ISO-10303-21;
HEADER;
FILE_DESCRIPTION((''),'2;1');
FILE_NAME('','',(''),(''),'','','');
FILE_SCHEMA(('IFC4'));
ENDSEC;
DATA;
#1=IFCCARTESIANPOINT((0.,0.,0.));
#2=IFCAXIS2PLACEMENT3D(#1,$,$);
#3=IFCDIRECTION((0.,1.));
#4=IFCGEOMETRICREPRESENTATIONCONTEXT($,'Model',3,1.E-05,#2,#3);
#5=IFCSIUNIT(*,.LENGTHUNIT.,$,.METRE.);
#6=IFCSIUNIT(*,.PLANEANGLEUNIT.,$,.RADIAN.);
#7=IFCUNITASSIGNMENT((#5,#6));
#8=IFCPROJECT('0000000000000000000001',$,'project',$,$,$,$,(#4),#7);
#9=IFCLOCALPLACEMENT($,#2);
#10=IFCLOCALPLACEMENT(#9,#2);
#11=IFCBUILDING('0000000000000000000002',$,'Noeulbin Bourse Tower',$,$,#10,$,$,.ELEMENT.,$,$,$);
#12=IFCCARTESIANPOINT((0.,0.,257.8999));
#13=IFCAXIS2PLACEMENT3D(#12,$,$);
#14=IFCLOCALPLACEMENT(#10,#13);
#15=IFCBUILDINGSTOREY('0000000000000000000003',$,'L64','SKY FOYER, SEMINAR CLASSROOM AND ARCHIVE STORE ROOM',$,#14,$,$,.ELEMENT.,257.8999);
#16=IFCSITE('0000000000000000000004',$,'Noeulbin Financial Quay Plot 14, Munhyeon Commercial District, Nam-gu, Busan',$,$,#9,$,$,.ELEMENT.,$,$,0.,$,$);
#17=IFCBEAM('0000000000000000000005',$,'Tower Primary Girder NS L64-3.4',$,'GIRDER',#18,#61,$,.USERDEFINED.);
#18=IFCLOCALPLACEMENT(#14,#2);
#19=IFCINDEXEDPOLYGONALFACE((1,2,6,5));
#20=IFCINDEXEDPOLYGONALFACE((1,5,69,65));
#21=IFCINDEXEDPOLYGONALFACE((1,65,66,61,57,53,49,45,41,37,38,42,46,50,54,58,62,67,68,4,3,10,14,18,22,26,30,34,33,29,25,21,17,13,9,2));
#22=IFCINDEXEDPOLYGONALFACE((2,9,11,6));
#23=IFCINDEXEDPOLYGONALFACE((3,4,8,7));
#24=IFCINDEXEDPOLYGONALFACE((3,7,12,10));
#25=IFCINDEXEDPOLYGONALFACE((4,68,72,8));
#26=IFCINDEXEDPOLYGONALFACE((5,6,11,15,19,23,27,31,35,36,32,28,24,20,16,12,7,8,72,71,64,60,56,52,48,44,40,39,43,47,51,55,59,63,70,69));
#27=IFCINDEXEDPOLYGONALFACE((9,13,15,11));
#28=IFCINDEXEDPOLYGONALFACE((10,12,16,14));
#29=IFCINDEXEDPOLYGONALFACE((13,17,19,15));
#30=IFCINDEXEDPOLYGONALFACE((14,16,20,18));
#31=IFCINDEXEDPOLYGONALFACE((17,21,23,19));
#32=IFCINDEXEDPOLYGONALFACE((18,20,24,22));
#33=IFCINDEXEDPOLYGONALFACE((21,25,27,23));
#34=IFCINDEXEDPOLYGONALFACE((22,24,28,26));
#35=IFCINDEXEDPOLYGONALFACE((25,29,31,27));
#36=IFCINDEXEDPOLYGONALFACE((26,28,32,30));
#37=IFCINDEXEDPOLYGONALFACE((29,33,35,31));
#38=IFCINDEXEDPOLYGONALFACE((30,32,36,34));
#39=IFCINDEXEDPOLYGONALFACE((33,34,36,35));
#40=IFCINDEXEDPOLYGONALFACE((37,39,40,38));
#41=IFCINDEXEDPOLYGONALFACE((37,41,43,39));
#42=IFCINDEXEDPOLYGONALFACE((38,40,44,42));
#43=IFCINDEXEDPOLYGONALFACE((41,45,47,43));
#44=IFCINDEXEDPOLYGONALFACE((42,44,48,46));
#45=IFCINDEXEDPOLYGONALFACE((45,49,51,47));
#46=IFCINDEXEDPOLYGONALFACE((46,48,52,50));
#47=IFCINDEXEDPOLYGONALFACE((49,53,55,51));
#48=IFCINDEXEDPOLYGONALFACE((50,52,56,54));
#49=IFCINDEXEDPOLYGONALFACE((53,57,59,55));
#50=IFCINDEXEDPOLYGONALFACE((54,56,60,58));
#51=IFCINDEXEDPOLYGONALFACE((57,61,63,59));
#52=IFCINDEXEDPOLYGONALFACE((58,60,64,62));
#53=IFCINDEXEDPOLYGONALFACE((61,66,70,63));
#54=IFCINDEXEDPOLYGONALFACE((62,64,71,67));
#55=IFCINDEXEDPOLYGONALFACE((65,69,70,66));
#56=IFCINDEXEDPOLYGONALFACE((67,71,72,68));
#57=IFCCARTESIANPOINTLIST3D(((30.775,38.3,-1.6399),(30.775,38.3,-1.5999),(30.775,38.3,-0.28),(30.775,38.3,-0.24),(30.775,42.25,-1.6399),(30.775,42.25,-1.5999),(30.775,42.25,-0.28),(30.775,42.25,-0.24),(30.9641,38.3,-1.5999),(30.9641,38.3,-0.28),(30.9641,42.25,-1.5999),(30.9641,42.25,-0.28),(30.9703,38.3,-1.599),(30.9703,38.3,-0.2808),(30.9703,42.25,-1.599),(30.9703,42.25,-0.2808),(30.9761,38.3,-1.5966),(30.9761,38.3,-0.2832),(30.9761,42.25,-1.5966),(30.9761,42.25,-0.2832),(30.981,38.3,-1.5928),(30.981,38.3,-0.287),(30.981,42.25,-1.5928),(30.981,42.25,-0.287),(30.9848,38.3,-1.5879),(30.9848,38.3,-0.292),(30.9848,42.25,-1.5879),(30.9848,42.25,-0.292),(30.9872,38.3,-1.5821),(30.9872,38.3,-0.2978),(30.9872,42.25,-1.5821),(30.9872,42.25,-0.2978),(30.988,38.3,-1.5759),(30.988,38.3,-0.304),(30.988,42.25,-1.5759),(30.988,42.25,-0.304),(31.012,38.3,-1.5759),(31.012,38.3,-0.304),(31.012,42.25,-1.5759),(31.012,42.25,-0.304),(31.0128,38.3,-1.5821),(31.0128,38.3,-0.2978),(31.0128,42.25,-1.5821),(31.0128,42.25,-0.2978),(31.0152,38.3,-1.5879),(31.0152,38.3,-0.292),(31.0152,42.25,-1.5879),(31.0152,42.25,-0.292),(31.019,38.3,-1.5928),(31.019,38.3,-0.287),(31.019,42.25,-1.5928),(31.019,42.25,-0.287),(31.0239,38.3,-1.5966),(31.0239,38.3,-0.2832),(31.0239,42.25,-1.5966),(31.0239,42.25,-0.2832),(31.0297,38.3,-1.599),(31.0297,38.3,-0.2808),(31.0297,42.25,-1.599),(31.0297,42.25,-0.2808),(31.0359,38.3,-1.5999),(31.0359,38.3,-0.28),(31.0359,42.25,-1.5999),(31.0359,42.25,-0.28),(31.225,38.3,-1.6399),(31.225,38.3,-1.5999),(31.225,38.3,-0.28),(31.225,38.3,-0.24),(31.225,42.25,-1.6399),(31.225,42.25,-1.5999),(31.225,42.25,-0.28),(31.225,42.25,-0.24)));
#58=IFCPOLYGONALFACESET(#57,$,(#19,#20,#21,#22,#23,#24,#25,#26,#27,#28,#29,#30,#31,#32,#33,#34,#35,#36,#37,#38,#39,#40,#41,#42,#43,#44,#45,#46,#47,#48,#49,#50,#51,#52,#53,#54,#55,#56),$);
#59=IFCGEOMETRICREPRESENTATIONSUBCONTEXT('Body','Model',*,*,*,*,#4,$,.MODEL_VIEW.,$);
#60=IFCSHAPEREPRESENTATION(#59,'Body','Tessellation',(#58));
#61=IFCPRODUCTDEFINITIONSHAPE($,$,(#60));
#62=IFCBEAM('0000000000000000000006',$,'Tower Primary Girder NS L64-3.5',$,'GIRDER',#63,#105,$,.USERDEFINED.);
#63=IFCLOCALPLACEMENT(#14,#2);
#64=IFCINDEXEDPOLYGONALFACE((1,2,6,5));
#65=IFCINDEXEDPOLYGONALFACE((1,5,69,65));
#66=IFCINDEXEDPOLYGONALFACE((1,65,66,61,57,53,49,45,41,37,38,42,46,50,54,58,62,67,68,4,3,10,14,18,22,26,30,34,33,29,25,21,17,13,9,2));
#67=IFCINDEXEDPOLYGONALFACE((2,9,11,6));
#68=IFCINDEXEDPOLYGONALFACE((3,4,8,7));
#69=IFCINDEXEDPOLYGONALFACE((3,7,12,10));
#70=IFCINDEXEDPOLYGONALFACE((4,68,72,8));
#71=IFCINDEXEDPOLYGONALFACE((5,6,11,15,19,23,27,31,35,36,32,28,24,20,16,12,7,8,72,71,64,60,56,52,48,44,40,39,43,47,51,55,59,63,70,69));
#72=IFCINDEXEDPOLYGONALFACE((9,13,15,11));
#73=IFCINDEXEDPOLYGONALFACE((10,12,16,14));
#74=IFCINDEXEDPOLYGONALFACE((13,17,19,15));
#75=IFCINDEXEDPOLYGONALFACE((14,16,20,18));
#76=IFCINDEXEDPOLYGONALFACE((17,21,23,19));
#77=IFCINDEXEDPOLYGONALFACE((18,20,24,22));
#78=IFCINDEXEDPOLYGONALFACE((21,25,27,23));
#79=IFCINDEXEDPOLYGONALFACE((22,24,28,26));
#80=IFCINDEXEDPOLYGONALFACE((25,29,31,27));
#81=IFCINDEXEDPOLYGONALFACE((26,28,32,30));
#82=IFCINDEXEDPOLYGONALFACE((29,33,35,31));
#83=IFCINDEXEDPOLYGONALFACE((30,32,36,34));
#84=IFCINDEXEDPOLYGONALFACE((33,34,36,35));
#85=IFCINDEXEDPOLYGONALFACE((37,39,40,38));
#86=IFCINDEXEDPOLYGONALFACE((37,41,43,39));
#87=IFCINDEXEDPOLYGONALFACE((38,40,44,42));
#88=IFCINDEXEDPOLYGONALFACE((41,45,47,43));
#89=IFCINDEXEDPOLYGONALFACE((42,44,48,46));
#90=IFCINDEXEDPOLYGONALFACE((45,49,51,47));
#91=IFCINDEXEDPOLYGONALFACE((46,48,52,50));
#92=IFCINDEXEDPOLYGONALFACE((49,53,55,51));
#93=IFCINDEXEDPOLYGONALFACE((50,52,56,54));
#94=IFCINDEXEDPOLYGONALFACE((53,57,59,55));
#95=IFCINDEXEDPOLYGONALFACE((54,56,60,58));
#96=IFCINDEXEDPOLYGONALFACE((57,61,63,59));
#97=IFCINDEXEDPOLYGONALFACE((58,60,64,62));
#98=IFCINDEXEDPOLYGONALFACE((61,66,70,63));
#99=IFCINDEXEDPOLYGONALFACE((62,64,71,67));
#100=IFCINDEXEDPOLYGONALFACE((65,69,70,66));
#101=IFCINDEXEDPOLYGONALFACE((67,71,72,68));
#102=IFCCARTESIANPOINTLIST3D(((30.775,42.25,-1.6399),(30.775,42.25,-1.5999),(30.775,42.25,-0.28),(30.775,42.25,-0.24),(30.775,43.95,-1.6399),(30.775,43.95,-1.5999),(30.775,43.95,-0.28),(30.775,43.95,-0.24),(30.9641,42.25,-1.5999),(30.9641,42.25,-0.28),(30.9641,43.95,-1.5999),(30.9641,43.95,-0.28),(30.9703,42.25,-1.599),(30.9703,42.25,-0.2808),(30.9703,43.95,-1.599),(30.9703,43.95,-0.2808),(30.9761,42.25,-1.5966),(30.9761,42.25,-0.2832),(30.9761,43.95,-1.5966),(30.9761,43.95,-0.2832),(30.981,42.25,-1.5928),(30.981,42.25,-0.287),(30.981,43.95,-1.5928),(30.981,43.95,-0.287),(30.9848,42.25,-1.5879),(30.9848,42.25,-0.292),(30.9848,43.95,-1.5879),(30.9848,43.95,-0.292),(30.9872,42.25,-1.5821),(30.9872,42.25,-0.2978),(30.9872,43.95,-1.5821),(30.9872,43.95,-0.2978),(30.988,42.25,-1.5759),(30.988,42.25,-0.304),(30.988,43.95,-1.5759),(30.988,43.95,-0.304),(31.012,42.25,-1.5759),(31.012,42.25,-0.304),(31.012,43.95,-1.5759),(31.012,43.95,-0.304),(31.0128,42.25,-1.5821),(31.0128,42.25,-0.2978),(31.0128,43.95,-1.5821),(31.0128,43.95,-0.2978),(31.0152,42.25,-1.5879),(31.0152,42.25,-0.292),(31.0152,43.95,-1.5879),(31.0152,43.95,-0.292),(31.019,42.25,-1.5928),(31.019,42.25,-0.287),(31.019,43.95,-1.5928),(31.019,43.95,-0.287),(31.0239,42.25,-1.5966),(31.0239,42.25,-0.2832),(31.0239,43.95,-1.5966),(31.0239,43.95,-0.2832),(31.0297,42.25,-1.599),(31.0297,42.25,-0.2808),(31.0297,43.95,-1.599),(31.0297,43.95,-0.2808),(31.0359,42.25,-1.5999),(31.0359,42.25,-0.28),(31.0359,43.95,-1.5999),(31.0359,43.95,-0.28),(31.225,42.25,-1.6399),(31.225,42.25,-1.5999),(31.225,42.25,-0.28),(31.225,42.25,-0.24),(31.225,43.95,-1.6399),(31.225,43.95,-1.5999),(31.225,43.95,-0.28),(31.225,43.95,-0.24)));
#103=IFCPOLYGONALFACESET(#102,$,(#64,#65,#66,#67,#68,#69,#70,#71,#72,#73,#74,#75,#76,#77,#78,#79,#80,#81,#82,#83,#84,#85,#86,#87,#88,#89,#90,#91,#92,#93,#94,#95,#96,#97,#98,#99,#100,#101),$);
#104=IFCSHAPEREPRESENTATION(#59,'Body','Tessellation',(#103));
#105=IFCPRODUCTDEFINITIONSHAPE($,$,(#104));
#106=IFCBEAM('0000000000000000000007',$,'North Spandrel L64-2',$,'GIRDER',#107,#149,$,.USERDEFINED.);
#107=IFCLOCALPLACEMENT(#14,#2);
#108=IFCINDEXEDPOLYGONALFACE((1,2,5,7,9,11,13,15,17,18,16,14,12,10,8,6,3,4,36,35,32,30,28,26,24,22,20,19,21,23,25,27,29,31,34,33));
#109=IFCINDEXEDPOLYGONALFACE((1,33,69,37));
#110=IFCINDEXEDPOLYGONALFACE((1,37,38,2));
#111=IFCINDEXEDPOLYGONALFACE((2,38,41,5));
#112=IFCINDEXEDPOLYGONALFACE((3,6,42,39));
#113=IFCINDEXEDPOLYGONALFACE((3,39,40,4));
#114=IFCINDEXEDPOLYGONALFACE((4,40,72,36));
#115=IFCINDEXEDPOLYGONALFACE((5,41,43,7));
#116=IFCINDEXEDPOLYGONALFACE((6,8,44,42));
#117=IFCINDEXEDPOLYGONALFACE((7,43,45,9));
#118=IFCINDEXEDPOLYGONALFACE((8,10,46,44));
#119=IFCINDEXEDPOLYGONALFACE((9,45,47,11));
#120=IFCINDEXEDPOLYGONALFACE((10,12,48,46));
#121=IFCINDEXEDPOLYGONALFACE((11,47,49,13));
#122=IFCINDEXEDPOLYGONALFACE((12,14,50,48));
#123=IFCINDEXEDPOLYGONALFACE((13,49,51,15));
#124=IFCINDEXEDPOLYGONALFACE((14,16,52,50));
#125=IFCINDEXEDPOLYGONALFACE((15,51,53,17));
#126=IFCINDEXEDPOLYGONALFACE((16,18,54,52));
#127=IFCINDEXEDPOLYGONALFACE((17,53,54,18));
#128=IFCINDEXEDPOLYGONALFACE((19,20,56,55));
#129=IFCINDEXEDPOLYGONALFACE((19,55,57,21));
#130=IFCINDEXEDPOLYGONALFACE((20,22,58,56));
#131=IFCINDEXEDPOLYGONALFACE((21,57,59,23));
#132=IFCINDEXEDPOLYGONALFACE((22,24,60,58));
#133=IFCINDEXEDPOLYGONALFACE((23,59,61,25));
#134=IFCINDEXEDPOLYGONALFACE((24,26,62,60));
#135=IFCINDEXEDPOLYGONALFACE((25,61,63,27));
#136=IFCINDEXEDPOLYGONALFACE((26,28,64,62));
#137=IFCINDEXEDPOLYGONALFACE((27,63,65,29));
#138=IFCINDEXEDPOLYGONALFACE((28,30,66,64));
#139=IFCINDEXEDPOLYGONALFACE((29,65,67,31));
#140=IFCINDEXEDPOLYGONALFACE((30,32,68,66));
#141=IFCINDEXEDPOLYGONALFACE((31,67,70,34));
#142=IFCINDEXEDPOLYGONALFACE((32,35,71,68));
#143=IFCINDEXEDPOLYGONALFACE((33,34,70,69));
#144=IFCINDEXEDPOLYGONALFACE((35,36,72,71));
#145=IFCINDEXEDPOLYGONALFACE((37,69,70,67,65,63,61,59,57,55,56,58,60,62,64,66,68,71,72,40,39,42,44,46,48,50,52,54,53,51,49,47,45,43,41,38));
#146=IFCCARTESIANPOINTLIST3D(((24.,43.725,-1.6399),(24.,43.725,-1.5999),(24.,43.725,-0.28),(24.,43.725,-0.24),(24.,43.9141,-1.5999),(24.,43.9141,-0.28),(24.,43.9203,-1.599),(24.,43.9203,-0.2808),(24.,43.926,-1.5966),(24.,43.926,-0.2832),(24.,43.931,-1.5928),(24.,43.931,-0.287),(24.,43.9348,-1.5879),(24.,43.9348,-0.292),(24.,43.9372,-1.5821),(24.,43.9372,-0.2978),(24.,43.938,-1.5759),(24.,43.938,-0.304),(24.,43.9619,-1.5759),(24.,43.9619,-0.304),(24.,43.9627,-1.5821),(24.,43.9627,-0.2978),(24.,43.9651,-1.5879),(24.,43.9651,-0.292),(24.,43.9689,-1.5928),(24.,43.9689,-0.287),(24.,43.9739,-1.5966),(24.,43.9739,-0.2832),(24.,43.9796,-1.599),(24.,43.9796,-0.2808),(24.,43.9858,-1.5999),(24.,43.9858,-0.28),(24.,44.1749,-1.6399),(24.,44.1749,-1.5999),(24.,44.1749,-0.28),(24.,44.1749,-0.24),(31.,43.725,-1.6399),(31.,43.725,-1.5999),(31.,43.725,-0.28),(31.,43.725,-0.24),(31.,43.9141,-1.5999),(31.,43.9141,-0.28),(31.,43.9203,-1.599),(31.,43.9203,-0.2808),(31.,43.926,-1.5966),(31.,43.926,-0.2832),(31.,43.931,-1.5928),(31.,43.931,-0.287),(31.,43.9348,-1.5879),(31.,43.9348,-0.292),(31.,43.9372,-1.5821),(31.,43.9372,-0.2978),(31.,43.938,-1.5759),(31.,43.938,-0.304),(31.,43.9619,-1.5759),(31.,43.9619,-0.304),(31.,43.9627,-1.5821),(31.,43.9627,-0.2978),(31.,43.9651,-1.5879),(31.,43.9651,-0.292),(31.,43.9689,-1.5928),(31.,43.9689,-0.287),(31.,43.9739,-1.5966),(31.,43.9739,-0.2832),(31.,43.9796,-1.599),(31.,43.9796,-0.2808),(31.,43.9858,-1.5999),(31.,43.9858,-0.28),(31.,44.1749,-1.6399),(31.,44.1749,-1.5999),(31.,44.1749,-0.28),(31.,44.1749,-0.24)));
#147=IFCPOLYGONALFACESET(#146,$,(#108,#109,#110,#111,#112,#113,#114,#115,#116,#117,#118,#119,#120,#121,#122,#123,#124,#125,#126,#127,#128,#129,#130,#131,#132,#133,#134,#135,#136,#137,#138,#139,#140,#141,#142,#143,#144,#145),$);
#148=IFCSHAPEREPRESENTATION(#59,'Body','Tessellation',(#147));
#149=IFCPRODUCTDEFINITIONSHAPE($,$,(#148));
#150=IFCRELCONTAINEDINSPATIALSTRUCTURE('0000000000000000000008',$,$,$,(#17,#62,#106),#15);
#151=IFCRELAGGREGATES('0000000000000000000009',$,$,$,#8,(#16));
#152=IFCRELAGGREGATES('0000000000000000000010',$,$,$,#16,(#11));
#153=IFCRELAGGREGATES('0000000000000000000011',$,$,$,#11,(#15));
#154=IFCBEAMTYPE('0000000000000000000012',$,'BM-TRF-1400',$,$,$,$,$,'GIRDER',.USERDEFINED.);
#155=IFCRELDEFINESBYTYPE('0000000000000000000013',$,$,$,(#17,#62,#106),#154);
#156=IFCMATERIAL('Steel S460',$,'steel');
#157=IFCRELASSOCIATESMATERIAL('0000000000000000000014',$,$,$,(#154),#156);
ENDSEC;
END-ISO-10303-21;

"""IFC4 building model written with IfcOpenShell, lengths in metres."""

from ifc_helpers import new_model, si_unit, direction, frame, origin, origin_2d, place, context, subcontext, project, spatial, i_section, extrude, material, material_profile, profile_set, type_object, element, save


model = new_model("IFC4")

# Units and contexts
model_context = context("Model", 3, precision=1e-05, world=origin(), true_north=direction((0.0, 1.0)))
body_context = subcontext(model_context, "Body", "Model", "MODEL_VIEW")
ifc_project = project(units=[si_unit("LENGTHUNIT", "METRE"), si_unit("PLANEANGLEUNIT", "RADIAN")], contexts=[model_context])

# Site, building, storey
site_placement = place(None, origin())
site = spatial("IfcSite", under=ifc_project, at=site_placement, Name="Noeulbin Financial Quay Plot 14, Munhyeon Commercial District, Nam-gu, Busan", CompositionType="ELEMENT", RefElevation=0.0)
building_placement = place(site_placement, origin())
building = spatial("IfcBuilding", under=site, at=building_placement, Name="Noeulbin Bourse Tower", CompositionType="ELEMENT")
storey_placement = place(building_placement, frame((0.0, 0.0, 257.8999)))
storey = spatial("IfcBuildingStorey", under=building, at=storey_placement, Name="L64", Description="SKY FOYER, SEMINAR CLASSROOM AND ARCHIVE STORE ROOM", CompositionType="ELEMENT", Elevation=257.8999)

# Beams
ifc_material_1 = material(Name="Steel S460", Category="steel")
ifc_material_profile_1 = material_profile(ifc_material_1, i_section(OverallWidth=0.45, OverallDepth=1.3999, WebThickness=0.0239, FlangeThickness=0.04, FilletRadius=0.0239, at=origin_2d()), Name="PG-1400x450x24x40", Category="LoadBearing")
ifc_profile_set_1 = profile_set([ifc_material_profile_1], Name="Steel S460")
beam_type_1 = type_object("IfcBeamType", Name="BM-TRF-1400", ElementType="GIRDER", PredefinedType="USERDEFINED", material=ifc_profile_set_1)
beam_1_placement = place(storey_placement, frame((31.0, 38.3, -0.9399), z_axis=(0.0, 1.0, 0.0), x_axis=(-1.0, 0.0, 0.0)))
element("IfcBeam", 1, at=beam_1_placement, inside=storey, type_object=beam_type_1, Name="Tower Primary Girder NS L64-3.4", ObjectType="GIRDER", PredefinedType="USERDEFINED", context=body_context, shape_type="SweptSolid", body=[
    extrude(i_section(OverallWidth=0.45, OverallDepth=1.3999, WebThickness=0.0239, FlangeThickness=0.04, FilletRadius=0.0239, at=origin_2d()), origin(), (0.0, 0.0, 1.0), 3.95),
])
beam_2_placement = place(storey_placement, frame((31.0, 42.25, -0.9399), z_axis=(0.0, 1.0, 0.0), x_axis=(-1.0, 0.0, 0.0)))
element("IfcBeam", 2, at=beam_2_placement, inside=storey, type_object=beam_type_1, Name="Tower Primary Girder NS L64-3.5", ObjectType="GIRDER", PredefinedType="USERDEFINED", context=body_context, shape_type="SweptSolid", body=[
    extrude(i_section(OverallWidth=0.45, OverallDepth=1.3999, WebThickness=0.0239, FlangeThickness=0.04, FilletRadius=0.0239, at=origin_2d()), origin(), (0.0, 0.0, 1.0), 1.7),
])
beam_3_placement = place(storey_placement, frame((24.0, 43.95, -0.9399), z_axis=(1.0, 0.0, 0.0), x_axis=(0.0, 1.0, 0.0)))
element("IfcBeam", 3, at=beam_3_placement, inside=storey, type_object=beam_type_1, Name="North Spandrel L64-2", ObjectType="GIRDER", PredefinedType="USERDEFINED", context=body_context, shape_type="SweptSolid", body=[
    extrude(i_section(OverallWidth=0.45, OverallDepth=1.3999, WebThickness=0.0239, FlangeThickness=0.04, FilletRadius=0.0239, at=origin_2d()), origin(), (0.0, 0.0, 1.0), 7.0),
])

save(model, "model.ifc")
